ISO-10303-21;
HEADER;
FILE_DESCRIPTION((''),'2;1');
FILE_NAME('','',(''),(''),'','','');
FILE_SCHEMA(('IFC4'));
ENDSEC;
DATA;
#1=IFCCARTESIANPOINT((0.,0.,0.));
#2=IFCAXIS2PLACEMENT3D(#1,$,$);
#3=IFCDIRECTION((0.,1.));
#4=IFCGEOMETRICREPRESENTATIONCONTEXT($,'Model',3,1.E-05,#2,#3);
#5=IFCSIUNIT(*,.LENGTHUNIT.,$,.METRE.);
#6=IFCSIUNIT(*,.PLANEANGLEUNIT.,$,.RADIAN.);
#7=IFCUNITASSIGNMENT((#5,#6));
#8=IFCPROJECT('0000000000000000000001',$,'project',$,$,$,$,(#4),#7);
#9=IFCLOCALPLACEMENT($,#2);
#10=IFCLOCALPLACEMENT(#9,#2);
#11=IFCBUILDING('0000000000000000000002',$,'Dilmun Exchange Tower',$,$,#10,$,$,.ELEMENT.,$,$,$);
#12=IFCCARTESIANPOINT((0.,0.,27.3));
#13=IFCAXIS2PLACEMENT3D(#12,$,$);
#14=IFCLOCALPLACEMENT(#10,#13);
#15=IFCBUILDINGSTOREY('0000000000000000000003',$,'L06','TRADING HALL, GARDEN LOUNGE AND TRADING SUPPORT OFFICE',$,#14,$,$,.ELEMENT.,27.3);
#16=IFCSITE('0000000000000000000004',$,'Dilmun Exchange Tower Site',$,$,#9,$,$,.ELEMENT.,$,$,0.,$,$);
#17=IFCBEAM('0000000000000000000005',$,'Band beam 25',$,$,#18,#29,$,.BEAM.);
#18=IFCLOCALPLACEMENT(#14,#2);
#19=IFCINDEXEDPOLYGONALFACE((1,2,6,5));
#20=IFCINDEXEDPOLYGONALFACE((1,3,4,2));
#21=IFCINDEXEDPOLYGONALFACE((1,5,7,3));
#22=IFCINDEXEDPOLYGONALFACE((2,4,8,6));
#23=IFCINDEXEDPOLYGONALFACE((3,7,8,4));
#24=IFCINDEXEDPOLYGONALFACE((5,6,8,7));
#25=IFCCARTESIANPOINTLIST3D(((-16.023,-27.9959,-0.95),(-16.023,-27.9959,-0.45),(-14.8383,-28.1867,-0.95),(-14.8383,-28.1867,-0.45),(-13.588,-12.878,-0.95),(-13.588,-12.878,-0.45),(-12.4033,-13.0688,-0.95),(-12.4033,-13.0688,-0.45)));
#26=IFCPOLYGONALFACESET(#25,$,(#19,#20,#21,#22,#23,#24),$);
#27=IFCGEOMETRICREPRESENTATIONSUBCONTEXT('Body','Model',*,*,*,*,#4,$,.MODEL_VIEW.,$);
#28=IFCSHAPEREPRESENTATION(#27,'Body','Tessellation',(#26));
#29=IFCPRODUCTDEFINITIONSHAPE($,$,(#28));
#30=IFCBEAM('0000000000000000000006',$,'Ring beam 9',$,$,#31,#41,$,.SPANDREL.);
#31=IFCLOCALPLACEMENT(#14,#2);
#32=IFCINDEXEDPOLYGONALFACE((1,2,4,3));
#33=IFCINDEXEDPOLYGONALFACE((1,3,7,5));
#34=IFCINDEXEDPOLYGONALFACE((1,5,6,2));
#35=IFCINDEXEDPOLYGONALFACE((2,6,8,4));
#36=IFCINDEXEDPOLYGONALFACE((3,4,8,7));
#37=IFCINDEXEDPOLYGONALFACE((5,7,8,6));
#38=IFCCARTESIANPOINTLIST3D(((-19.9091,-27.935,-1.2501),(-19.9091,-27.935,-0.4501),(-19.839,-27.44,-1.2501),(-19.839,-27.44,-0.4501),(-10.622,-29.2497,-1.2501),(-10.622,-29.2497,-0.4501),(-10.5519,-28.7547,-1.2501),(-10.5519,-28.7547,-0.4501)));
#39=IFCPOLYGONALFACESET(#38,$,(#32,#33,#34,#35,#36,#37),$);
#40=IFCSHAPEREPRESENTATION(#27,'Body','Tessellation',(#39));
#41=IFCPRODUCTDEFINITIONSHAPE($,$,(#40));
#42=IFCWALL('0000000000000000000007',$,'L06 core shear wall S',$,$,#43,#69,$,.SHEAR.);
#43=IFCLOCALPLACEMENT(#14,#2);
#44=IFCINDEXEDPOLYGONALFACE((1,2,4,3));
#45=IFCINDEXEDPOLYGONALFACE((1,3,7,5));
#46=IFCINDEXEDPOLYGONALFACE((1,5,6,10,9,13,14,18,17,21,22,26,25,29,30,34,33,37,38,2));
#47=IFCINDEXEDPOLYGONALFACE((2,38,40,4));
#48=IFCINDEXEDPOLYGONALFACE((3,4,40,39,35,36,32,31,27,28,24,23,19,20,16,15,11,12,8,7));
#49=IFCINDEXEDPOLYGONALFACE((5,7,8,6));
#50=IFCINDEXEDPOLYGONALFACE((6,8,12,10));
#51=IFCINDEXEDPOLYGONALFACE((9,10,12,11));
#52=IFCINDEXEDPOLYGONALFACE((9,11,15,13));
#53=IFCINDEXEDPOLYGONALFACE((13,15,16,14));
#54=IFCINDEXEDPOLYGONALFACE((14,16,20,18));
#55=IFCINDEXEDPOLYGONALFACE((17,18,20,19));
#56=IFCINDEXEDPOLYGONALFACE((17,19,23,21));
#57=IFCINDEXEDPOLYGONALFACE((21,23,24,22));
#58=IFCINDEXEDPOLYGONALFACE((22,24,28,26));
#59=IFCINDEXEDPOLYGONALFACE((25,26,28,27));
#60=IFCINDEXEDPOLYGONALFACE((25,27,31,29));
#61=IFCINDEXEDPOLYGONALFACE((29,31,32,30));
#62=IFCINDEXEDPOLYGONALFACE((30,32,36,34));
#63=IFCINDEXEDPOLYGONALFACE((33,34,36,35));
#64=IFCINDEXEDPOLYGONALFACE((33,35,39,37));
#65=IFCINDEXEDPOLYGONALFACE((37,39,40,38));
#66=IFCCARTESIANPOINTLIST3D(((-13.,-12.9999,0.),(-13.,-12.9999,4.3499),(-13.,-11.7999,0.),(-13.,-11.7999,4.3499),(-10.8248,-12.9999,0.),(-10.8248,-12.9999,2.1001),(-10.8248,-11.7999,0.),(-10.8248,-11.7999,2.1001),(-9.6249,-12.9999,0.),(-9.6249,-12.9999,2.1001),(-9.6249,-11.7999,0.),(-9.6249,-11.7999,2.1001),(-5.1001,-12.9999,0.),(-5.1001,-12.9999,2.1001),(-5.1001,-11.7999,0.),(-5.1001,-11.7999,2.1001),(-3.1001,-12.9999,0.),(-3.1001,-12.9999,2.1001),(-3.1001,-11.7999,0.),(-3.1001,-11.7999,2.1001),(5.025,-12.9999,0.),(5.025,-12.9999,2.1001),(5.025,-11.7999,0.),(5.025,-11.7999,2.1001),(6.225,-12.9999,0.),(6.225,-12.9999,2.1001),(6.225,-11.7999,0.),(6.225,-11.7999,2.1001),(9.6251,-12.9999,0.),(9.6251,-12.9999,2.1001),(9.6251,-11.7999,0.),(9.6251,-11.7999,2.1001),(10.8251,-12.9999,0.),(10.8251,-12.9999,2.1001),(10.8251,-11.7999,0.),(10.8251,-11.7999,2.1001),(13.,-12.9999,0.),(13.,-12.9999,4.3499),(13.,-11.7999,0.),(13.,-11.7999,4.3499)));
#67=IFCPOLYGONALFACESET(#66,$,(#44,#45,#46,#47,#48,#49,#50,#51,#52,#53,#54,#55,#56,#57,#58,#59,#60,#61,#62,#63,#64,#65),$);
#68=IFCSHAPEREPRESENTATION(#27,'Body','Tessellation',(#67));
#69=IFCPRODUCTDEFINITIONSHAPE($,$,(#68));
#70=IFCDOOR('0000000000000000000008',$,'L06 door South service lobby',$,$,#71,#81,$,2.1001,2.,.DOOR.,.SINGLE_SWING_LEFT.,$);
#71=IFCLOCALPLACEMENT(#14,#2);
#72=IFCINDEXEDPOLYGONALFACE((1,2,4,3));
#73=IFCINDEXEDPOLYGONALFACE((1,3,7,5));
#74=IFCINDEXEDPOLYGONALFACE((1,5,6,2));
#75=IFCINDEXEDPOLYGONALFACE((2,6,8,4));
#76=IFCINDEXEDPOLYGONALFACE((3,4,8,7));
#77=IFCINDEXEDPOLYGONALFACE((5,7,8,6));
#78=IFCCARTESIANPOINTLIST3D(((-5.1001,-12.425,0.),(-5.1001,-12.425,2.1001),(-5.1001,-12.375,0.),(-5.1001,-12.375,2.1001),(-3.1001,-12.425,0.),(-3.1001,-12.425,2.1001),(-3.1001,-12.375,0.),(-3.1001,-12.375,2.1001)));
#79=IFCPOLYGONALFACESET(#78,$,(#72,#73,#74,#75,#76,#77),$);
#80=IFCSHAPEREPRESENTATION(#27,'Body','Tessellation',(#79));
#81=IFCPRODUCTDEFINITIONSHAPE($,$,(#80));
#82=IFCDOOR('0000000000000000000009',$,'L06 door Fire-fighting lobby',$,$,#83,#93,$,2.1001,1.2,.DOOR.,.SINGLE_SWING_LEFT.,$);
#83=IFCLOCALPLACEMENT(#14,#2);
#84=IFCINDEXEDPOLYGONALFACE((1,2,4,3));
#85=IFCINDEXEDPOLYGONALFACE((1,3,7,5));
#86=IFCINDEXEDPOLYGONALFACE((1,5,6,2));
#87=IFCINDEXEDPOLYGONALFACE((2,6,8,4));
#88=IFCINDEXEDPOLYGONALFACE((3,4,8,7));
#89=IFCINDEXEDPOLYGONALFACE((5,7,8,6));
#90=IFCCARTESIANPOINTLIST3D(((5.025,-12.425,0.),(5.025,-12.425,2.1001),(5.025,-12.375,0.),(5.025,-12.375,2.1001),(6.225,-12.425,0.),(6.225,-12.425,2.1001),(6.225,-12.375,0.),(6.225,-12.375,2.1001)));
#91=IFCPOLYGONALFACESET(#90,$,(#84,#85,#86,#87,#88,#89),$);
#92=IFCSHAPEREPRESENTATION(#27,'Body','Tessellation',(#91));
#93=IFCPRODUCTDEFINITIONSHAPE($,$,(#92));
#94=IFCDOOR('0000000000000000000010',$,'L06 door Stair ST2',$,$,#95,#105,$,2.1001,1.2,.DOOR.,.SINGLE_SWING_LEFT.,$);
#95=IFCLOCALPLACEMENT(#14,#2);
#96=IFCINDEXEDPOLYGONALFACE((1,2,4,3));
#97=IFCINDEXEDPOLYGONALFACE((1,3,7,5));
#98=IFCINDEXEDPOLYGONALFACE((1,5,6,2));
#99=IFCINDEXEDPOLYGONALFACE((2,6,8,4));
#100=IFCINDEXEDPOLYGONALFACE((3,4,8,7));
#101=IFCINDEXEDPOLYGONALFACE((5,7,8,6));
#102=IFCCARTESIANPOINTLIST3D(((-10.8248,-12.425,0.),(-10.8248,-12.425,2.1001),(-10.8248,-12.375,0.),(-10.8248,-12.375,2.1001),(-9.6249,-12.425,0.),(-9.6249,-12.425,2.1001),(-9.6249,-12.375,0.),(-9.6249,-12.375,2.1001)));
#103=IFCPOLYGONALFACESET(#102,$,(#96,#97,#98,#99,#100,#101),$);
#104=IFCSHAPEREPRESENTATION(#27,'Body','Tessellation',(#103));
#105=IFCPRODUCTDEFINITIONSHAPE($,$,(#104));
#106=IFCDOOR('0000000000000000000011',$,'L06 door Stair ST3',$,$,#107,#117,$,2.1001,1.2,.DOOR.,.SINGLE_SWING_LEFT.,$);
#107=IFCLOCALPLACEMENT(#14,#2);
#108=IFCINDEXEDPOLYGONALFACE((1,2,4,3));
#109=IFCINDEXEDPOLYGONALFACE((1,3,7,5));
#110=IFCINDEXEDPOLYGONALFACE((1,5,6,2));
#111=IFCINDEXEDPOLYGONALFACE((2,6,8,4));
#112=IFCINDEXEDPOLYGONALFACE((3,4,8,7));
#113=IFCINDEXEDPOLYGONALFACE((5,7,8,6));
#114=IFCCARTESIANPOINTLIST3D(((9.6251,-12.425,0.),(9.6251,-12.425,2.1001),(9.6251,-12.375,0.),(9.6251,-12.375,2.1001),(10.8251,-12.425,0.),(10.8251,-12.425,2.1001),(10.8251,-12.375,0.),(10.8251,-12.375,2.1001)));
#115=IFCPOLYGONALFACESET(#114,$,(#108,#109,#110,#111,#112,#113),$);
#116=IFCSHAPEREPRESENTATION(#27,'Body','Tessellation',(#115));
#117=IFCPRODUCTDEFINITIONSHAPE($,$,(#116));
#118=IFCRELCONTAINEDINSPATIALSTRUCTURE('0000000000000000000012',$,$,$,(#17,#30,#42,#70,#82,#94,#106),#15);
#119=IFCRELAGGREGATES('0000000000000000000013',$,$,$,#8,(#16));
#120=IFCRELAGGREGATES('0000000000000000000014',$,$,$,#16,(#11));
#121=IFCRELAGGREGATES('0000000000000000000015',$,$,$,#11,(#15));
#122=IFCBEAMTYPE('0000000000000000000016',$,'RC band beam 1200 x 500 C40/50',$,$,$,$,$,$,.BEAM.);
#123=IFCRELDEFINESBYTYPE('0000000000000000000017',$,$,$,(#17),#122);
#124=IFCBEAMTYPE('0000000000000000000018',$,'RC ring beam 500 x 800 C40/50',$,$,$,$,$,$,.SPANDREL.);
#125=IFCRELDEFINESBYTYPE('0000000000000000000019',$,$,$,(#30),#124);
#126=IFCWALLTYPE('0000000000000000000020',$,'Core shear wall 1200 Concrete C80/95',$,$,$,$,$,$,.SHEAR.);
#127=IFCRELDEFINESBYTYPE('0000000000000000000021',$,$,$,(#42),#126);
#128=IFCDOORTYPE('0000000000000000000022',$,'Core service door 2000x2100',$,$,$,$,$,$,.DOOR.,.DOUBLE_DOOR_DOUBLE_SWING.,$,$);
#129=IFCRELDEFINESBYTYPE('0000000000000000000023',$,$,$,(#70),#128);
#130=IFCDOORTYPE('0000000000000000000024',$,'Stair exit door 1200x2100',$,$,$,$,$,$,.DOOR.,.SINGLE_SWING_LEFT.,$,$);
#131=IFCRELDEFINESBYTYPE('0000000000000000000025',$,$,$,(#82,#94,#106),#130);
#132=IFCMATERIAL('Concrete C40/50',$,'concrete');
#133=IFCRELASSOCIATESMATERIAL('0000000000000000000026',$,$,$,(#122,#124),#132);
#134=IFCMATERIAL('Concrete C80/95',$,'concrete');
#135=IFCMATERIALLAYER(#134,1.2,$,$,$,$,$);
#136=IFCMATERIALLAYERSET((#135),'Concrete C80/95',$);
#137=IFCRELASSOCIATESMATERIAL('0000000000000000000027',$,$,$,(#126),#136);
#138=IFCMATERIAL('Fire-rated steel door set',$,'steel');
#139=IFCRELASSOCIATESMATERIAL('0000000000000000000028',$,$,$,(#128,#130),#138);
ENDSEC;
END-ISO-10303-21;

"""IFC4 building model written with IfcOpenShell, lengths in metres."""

from ifc_helpers import new_model, si_unit, direction, frame, frame_2d, origin, origin_2d, place, context, subcontext, project, spatial, rectangle, extrude, material, layer, layer_set, material_profile, profile_set, type_object, element, fill, save


model = new_model("IFC4")

# Units and contexts
model_context = context("Model", 3, precision=1e-05, world=origin(), true_north=direction((0.0, 1.0)))
body_context = subcontext(model_context, "Body", "Model", "MODEL_VIEW")
ifc_project = project(units=[si_unit("LENGTHUNIT", "METRE"), si_unit("PLANEANGLEUNIT", "RADIAN")], contexts=[model_context])

# Site, building, storey
site_placement = place(None, origin())
site = spatial("IfcSite", under=ifc_project, at=site_placement, Name="Dilmun Exchange Tower Site", CompositionType="ELEMENT", RefElevation=0.0)
building_placement = place(site_placement, origin())
building = spatial("IfcBuilding", under=site, at=building_placement, Name="Dilmun Exchange Tower", CompositionType="ELEMENT")
storey_placement = place(building_placement, frame((0.0, 0.0, 27.3)))
storey = spatial("IfcBuildingStorey", under=building, at=storey_placement, Name="L06", Description="TRADING HALL, GARDEN LOUNGE AND TRADING SUPPORT OFFICE", CompositionType="ELEMENT", Elevation=27.3)

# Beams
ifc_material_1 = material(Name="Concrete C40/50", Category="concrete")
ifc_material_profile_1 = material_profile(ifc_material_1, rectangle(XDim=1.2, YDim=0.5, at=origin_2d()), Name="1200 x 500")
ifc_profile_set_1 = profile_set([ifc_material_profile_1], Name="Concrete C40/50")
beam_type_1 = type_object("IfcBeamType", Name="RC band beam 1200 x 500 C40/50", PredefinedType="BEAM", material=ifc_profile_set_1)
beam_1_placement = place(storey_placement, frame((-15.4307, -28.0913, -0.7), z_axis=(0.159021, 0.987275, 0.0), x_axis=(-0.987275, 0.159021, 0.0)))
element("IfcBeam", 1, at=beam_1_placement, inside=storey, type_object=beam_type_1, Name="Band beam 25", PredefinedType="BEAM", context=body_context, shape_type="SweptSolid", body=[
    extrude(rectangle(XDim=1.2, YDim=0.5, at=origin_2d()), origin(), (0.0, 0.0, 1.0), 15.3127),
])
ifc_material_profile_2 = material_profile(ifc_material_1, rectangle(XDim=0.5, YDim=0.8, at=origin_2d()), Name="500 x 800")
ifc_profile_set_2 = profile_set([ifc_material_profile_2], Name="Concrete C40/50")
beam_type_2 = type_object("IfcBeamType", Name="RC ring beam 500 x 800 C40/50", PredefinedType="SPANDREL", material=ifc_profile_set_2)
beam_2_placement = place(storey_placement, frame((-19.874, -27.6875, -0.8501), z_axis=(0.990128, -0.140164, 0.0), x_axis=(0.140164, 0.990128, 0.0)))
element("IfcBeam", 2, at=beam_2_placement, inside=storey, type_object=beam_type_2, Name="Ring beam 9", PredefinedType="SPANDREL", context=body_context, shape_type="SweptSolid", body=[
    extrude(rectangle(XDim=0.5, YDim=0.8, at=origin_2d()), origin(), (0.0, 0.0, 1.0), 9.3796),
])

# Wall, openings, doors
ifc_material_2 = material(Name="Concrete C80/95", Category="concrete")
ifc_layer_1 = layer(ifc_material_2, 1.2)
ifc_layer_set_1 = layer_set([ifc_layer_1], Name="Concrete C80/95")
wall_type_1 = type_object("IfcWallType", Name="Core shear wall 1200 Concrete C80/95", PredefinedType="SHEAR", material=ifc_layer_set_1)
wall_1_placement = place(storey_placement, frame((-13.0, -12.3999, 0.0), z_axis=(0.0, 0.0, 1.0), x_axis=(1.0, 0.0, 0.0)))
wall_1 = element("IfcWall", 3, at=wall_1_placement, inside=storey, type_object=wall_type_1, Name="L06 core shear wall S", PredefinedType="SHEAR", context=body_context, shape_type="SweptSolid", body=[
    extrude(rectangle(XDim=26.0, YDim=1.2, at=frame_2d((13.0, 0.0))), origin(), (0.0, 0.0, 1.0), 4.3499),
])
opening_1_placement = place(wall_1_placement, frame((7.8999, 0.0, 0.0)))
opening_1 = element("IfcOpeningElement", 4, at=opening_1_placement, cuts=wall_1, PredefinedType="OPENING", context=body_context, shape_type="SweptSolid", body=[
    extrude(rectangle(XDim=2.0, YDim=2.1001, at=frame_2d((1.0, 1.05))), frame((0.0, 0.6099, 0.0), z_axis=(0.0, -1.0, 0.0), x_axis=(1.0, 0.0, 0.0)), (0.0, 0.0, 1.0), 1.22),
])
opening_2_placement = place(wall_1_placement, frame((18.0249, 0.0, 0.0)))
opening_2 = element("IfcOpeningElement", 5, at=opening_2_placement, cuts=wall_1, PredefinedType="OPENING", context=body_context, shape_type="SweptSolid", body=[
    extrude(rectangle(XDim=1.2, YDim=2.1001, at=frame_2d((0.6001, 1.05))), frame((0.0, 0.6099, 0.0), z_axis=(0.0, -1.0, 0.0), x_axis=(1.0, 0.0, 0.0)), (0.0, 0.0, 1.0), 1.22),
])
opening_3_placement = place(wall_1_placement, frame((2.175, 0.0, 0.0)))
opening_3 = element("IfcOpeningElement", 6, at=opening_3_placement, cuts=wall_1, PredefinedType="OPENING", context=body_context, shape_type="SweptSolid", body=[
    extrude(rectangle(XDim=1.2, YDim=2.1001, at=frame_2d((0.6001, 1.05))), frame((0.0, 0.6099, 0.0), z_axis=(0.0, -1.0, 0.0), x_axis=(1.0, 0.0, 0.0)), (0.0, 0.0, 1.0), 1.22),
])
opening_4_placement = place(wall_1_placement, frame((22.625, 0.0, 0.0)))
opening_4 = element("IfcOpeningElement", 7, at=opening_4_placement, cuts=wall_1, PredefinedType="OPENING", context=body_context, shape_type="SweptSolid", body=[
    extrude(rectangle(XDim=1.2, YDim=2.1001, at=frame_2d((0.6001, 1.05))), frame((0.0, 0.6099, 0.0), z_axis=(0.0, -1.0, 0.0), x_axis=(1.0, 0.0, 0.0)), (0.0, 0.0, 1.0), 1.22),
])
ifc_material_3 = material(Name="Fire-rated steel door set", Category="steel")
door_type_1 = type_object("IfcDoorType", Name="Core service door 2000x2100", OperationType="DOUBLE_DOOR_DOUBLE_SWING", PredefinedType="DOOR", material=ifc_material_3)
door_1_placement = place(opening_1_placement, origin())
door_1 = element("IfcDoor", 8, at=door_1_placement, inside=storey, type_object=door_type_1, Name="L06 door South service lobby", OperationType="SINGLE_SWING_LEFT", OverallHeight=2.1001, OverallWidth=2.0, PredefinedType="DOOR", context=body_context, shape_type="SweptSolid", body=[
    extrude(rectangle(XDim=2.0, YDim=2.1001, at=frame_2d((1.0, 1.05))), frame((0.0, 0.0249, 0.0), z_axis=(0.0, -1.0, 0.0), x_axis=(1.0, 0.0, 0.0)), (0.0, 0.0, 1.0), 0.05),
])
fill(opening_1, door_1)
door_type_2 = type_object("IfcDoorType", Name="Stair exit door 1200x2100", OperationType="SINGLE_SWING_LEFT", PredefinedType="DOOR", material=ifc_material_3)
door_2_placement = place(opening_2_placement, origin())
door_2 = element("IfcDoor", 9, at=door_2_placement, inside=storey, type_object=door_type_2, Name="L06 door Fire-fighting lobby", OperationType="SINGLE_SWING_LEFT", OverallHeight=2.1001, OverallWidth=1.2, PredefinedType="DOOR", context=body_context, shape_type="SweptSolid", body=[
    extrude(rectangle(XDim=1.2, YDim=2.1001, at=frame_2d((0.6001, 1.05))), frame((0.0, 0.0249, 0.0), z_axis=(0.0, -1.0, 0.0), x_axis=(1.0, 0.0, 0.0)), (0.0, 0.0, 1.0), 0.05),
])
fill(opening_2, door_2)
door_3_placement = place(opening_3_placement, origin())
door_3 = element("IfcDoor", 10, at=door_3_placement, inside=storey, type_object=door_type_2, Name="L06 door Stair ST2", OperationType="SINGLE_SWING_LEFT", OverallHeight=2.1001, OverallWidth=1.2, PredefinedType="DOOR", context=body_context, shape_type="SweptSolid", body=[
    extrude(rectangle(XDim=1.2, YDim=2.1001, at=frame_2d((0.6001, 1.05))), frame((0.0, 0.0249, 0.0), z_axis=(0.0, -1.0, 0.0), x_axis=(1.0, 0.0, 0.0)), (0.0, 0.0, 1.0), 0.05),
])
fill(opening_3, door_3)
door_4_placement = place(opening_4_placement, origin())
door_4 = element("IfcDoor", 11, at=door_4_placement, inside=storey, type_object=door_type_2, Name="L06 door Stair ST3", OperationType="SINGLE_SWING_LEFT", OverallHeight=2.1001, OverallWidth=1.2, PredefinedType="DOOR", context=body_context, shape_type="SweptSolid", body=[
    extrude(rectangle(XDim=1.2, YDim=2.1001, at=frame_2d((0.6001, 1.05))), frame((0.0, 0.0249, 0.0), z_axis=(0.0, -1.0, 0.0), x_axis=(1.0, 0.0, 0.0)), (0.0, 0.0, 1.0), 0.05),
])
fill(opening_4, door_4)

save(model, "model.ifc")
